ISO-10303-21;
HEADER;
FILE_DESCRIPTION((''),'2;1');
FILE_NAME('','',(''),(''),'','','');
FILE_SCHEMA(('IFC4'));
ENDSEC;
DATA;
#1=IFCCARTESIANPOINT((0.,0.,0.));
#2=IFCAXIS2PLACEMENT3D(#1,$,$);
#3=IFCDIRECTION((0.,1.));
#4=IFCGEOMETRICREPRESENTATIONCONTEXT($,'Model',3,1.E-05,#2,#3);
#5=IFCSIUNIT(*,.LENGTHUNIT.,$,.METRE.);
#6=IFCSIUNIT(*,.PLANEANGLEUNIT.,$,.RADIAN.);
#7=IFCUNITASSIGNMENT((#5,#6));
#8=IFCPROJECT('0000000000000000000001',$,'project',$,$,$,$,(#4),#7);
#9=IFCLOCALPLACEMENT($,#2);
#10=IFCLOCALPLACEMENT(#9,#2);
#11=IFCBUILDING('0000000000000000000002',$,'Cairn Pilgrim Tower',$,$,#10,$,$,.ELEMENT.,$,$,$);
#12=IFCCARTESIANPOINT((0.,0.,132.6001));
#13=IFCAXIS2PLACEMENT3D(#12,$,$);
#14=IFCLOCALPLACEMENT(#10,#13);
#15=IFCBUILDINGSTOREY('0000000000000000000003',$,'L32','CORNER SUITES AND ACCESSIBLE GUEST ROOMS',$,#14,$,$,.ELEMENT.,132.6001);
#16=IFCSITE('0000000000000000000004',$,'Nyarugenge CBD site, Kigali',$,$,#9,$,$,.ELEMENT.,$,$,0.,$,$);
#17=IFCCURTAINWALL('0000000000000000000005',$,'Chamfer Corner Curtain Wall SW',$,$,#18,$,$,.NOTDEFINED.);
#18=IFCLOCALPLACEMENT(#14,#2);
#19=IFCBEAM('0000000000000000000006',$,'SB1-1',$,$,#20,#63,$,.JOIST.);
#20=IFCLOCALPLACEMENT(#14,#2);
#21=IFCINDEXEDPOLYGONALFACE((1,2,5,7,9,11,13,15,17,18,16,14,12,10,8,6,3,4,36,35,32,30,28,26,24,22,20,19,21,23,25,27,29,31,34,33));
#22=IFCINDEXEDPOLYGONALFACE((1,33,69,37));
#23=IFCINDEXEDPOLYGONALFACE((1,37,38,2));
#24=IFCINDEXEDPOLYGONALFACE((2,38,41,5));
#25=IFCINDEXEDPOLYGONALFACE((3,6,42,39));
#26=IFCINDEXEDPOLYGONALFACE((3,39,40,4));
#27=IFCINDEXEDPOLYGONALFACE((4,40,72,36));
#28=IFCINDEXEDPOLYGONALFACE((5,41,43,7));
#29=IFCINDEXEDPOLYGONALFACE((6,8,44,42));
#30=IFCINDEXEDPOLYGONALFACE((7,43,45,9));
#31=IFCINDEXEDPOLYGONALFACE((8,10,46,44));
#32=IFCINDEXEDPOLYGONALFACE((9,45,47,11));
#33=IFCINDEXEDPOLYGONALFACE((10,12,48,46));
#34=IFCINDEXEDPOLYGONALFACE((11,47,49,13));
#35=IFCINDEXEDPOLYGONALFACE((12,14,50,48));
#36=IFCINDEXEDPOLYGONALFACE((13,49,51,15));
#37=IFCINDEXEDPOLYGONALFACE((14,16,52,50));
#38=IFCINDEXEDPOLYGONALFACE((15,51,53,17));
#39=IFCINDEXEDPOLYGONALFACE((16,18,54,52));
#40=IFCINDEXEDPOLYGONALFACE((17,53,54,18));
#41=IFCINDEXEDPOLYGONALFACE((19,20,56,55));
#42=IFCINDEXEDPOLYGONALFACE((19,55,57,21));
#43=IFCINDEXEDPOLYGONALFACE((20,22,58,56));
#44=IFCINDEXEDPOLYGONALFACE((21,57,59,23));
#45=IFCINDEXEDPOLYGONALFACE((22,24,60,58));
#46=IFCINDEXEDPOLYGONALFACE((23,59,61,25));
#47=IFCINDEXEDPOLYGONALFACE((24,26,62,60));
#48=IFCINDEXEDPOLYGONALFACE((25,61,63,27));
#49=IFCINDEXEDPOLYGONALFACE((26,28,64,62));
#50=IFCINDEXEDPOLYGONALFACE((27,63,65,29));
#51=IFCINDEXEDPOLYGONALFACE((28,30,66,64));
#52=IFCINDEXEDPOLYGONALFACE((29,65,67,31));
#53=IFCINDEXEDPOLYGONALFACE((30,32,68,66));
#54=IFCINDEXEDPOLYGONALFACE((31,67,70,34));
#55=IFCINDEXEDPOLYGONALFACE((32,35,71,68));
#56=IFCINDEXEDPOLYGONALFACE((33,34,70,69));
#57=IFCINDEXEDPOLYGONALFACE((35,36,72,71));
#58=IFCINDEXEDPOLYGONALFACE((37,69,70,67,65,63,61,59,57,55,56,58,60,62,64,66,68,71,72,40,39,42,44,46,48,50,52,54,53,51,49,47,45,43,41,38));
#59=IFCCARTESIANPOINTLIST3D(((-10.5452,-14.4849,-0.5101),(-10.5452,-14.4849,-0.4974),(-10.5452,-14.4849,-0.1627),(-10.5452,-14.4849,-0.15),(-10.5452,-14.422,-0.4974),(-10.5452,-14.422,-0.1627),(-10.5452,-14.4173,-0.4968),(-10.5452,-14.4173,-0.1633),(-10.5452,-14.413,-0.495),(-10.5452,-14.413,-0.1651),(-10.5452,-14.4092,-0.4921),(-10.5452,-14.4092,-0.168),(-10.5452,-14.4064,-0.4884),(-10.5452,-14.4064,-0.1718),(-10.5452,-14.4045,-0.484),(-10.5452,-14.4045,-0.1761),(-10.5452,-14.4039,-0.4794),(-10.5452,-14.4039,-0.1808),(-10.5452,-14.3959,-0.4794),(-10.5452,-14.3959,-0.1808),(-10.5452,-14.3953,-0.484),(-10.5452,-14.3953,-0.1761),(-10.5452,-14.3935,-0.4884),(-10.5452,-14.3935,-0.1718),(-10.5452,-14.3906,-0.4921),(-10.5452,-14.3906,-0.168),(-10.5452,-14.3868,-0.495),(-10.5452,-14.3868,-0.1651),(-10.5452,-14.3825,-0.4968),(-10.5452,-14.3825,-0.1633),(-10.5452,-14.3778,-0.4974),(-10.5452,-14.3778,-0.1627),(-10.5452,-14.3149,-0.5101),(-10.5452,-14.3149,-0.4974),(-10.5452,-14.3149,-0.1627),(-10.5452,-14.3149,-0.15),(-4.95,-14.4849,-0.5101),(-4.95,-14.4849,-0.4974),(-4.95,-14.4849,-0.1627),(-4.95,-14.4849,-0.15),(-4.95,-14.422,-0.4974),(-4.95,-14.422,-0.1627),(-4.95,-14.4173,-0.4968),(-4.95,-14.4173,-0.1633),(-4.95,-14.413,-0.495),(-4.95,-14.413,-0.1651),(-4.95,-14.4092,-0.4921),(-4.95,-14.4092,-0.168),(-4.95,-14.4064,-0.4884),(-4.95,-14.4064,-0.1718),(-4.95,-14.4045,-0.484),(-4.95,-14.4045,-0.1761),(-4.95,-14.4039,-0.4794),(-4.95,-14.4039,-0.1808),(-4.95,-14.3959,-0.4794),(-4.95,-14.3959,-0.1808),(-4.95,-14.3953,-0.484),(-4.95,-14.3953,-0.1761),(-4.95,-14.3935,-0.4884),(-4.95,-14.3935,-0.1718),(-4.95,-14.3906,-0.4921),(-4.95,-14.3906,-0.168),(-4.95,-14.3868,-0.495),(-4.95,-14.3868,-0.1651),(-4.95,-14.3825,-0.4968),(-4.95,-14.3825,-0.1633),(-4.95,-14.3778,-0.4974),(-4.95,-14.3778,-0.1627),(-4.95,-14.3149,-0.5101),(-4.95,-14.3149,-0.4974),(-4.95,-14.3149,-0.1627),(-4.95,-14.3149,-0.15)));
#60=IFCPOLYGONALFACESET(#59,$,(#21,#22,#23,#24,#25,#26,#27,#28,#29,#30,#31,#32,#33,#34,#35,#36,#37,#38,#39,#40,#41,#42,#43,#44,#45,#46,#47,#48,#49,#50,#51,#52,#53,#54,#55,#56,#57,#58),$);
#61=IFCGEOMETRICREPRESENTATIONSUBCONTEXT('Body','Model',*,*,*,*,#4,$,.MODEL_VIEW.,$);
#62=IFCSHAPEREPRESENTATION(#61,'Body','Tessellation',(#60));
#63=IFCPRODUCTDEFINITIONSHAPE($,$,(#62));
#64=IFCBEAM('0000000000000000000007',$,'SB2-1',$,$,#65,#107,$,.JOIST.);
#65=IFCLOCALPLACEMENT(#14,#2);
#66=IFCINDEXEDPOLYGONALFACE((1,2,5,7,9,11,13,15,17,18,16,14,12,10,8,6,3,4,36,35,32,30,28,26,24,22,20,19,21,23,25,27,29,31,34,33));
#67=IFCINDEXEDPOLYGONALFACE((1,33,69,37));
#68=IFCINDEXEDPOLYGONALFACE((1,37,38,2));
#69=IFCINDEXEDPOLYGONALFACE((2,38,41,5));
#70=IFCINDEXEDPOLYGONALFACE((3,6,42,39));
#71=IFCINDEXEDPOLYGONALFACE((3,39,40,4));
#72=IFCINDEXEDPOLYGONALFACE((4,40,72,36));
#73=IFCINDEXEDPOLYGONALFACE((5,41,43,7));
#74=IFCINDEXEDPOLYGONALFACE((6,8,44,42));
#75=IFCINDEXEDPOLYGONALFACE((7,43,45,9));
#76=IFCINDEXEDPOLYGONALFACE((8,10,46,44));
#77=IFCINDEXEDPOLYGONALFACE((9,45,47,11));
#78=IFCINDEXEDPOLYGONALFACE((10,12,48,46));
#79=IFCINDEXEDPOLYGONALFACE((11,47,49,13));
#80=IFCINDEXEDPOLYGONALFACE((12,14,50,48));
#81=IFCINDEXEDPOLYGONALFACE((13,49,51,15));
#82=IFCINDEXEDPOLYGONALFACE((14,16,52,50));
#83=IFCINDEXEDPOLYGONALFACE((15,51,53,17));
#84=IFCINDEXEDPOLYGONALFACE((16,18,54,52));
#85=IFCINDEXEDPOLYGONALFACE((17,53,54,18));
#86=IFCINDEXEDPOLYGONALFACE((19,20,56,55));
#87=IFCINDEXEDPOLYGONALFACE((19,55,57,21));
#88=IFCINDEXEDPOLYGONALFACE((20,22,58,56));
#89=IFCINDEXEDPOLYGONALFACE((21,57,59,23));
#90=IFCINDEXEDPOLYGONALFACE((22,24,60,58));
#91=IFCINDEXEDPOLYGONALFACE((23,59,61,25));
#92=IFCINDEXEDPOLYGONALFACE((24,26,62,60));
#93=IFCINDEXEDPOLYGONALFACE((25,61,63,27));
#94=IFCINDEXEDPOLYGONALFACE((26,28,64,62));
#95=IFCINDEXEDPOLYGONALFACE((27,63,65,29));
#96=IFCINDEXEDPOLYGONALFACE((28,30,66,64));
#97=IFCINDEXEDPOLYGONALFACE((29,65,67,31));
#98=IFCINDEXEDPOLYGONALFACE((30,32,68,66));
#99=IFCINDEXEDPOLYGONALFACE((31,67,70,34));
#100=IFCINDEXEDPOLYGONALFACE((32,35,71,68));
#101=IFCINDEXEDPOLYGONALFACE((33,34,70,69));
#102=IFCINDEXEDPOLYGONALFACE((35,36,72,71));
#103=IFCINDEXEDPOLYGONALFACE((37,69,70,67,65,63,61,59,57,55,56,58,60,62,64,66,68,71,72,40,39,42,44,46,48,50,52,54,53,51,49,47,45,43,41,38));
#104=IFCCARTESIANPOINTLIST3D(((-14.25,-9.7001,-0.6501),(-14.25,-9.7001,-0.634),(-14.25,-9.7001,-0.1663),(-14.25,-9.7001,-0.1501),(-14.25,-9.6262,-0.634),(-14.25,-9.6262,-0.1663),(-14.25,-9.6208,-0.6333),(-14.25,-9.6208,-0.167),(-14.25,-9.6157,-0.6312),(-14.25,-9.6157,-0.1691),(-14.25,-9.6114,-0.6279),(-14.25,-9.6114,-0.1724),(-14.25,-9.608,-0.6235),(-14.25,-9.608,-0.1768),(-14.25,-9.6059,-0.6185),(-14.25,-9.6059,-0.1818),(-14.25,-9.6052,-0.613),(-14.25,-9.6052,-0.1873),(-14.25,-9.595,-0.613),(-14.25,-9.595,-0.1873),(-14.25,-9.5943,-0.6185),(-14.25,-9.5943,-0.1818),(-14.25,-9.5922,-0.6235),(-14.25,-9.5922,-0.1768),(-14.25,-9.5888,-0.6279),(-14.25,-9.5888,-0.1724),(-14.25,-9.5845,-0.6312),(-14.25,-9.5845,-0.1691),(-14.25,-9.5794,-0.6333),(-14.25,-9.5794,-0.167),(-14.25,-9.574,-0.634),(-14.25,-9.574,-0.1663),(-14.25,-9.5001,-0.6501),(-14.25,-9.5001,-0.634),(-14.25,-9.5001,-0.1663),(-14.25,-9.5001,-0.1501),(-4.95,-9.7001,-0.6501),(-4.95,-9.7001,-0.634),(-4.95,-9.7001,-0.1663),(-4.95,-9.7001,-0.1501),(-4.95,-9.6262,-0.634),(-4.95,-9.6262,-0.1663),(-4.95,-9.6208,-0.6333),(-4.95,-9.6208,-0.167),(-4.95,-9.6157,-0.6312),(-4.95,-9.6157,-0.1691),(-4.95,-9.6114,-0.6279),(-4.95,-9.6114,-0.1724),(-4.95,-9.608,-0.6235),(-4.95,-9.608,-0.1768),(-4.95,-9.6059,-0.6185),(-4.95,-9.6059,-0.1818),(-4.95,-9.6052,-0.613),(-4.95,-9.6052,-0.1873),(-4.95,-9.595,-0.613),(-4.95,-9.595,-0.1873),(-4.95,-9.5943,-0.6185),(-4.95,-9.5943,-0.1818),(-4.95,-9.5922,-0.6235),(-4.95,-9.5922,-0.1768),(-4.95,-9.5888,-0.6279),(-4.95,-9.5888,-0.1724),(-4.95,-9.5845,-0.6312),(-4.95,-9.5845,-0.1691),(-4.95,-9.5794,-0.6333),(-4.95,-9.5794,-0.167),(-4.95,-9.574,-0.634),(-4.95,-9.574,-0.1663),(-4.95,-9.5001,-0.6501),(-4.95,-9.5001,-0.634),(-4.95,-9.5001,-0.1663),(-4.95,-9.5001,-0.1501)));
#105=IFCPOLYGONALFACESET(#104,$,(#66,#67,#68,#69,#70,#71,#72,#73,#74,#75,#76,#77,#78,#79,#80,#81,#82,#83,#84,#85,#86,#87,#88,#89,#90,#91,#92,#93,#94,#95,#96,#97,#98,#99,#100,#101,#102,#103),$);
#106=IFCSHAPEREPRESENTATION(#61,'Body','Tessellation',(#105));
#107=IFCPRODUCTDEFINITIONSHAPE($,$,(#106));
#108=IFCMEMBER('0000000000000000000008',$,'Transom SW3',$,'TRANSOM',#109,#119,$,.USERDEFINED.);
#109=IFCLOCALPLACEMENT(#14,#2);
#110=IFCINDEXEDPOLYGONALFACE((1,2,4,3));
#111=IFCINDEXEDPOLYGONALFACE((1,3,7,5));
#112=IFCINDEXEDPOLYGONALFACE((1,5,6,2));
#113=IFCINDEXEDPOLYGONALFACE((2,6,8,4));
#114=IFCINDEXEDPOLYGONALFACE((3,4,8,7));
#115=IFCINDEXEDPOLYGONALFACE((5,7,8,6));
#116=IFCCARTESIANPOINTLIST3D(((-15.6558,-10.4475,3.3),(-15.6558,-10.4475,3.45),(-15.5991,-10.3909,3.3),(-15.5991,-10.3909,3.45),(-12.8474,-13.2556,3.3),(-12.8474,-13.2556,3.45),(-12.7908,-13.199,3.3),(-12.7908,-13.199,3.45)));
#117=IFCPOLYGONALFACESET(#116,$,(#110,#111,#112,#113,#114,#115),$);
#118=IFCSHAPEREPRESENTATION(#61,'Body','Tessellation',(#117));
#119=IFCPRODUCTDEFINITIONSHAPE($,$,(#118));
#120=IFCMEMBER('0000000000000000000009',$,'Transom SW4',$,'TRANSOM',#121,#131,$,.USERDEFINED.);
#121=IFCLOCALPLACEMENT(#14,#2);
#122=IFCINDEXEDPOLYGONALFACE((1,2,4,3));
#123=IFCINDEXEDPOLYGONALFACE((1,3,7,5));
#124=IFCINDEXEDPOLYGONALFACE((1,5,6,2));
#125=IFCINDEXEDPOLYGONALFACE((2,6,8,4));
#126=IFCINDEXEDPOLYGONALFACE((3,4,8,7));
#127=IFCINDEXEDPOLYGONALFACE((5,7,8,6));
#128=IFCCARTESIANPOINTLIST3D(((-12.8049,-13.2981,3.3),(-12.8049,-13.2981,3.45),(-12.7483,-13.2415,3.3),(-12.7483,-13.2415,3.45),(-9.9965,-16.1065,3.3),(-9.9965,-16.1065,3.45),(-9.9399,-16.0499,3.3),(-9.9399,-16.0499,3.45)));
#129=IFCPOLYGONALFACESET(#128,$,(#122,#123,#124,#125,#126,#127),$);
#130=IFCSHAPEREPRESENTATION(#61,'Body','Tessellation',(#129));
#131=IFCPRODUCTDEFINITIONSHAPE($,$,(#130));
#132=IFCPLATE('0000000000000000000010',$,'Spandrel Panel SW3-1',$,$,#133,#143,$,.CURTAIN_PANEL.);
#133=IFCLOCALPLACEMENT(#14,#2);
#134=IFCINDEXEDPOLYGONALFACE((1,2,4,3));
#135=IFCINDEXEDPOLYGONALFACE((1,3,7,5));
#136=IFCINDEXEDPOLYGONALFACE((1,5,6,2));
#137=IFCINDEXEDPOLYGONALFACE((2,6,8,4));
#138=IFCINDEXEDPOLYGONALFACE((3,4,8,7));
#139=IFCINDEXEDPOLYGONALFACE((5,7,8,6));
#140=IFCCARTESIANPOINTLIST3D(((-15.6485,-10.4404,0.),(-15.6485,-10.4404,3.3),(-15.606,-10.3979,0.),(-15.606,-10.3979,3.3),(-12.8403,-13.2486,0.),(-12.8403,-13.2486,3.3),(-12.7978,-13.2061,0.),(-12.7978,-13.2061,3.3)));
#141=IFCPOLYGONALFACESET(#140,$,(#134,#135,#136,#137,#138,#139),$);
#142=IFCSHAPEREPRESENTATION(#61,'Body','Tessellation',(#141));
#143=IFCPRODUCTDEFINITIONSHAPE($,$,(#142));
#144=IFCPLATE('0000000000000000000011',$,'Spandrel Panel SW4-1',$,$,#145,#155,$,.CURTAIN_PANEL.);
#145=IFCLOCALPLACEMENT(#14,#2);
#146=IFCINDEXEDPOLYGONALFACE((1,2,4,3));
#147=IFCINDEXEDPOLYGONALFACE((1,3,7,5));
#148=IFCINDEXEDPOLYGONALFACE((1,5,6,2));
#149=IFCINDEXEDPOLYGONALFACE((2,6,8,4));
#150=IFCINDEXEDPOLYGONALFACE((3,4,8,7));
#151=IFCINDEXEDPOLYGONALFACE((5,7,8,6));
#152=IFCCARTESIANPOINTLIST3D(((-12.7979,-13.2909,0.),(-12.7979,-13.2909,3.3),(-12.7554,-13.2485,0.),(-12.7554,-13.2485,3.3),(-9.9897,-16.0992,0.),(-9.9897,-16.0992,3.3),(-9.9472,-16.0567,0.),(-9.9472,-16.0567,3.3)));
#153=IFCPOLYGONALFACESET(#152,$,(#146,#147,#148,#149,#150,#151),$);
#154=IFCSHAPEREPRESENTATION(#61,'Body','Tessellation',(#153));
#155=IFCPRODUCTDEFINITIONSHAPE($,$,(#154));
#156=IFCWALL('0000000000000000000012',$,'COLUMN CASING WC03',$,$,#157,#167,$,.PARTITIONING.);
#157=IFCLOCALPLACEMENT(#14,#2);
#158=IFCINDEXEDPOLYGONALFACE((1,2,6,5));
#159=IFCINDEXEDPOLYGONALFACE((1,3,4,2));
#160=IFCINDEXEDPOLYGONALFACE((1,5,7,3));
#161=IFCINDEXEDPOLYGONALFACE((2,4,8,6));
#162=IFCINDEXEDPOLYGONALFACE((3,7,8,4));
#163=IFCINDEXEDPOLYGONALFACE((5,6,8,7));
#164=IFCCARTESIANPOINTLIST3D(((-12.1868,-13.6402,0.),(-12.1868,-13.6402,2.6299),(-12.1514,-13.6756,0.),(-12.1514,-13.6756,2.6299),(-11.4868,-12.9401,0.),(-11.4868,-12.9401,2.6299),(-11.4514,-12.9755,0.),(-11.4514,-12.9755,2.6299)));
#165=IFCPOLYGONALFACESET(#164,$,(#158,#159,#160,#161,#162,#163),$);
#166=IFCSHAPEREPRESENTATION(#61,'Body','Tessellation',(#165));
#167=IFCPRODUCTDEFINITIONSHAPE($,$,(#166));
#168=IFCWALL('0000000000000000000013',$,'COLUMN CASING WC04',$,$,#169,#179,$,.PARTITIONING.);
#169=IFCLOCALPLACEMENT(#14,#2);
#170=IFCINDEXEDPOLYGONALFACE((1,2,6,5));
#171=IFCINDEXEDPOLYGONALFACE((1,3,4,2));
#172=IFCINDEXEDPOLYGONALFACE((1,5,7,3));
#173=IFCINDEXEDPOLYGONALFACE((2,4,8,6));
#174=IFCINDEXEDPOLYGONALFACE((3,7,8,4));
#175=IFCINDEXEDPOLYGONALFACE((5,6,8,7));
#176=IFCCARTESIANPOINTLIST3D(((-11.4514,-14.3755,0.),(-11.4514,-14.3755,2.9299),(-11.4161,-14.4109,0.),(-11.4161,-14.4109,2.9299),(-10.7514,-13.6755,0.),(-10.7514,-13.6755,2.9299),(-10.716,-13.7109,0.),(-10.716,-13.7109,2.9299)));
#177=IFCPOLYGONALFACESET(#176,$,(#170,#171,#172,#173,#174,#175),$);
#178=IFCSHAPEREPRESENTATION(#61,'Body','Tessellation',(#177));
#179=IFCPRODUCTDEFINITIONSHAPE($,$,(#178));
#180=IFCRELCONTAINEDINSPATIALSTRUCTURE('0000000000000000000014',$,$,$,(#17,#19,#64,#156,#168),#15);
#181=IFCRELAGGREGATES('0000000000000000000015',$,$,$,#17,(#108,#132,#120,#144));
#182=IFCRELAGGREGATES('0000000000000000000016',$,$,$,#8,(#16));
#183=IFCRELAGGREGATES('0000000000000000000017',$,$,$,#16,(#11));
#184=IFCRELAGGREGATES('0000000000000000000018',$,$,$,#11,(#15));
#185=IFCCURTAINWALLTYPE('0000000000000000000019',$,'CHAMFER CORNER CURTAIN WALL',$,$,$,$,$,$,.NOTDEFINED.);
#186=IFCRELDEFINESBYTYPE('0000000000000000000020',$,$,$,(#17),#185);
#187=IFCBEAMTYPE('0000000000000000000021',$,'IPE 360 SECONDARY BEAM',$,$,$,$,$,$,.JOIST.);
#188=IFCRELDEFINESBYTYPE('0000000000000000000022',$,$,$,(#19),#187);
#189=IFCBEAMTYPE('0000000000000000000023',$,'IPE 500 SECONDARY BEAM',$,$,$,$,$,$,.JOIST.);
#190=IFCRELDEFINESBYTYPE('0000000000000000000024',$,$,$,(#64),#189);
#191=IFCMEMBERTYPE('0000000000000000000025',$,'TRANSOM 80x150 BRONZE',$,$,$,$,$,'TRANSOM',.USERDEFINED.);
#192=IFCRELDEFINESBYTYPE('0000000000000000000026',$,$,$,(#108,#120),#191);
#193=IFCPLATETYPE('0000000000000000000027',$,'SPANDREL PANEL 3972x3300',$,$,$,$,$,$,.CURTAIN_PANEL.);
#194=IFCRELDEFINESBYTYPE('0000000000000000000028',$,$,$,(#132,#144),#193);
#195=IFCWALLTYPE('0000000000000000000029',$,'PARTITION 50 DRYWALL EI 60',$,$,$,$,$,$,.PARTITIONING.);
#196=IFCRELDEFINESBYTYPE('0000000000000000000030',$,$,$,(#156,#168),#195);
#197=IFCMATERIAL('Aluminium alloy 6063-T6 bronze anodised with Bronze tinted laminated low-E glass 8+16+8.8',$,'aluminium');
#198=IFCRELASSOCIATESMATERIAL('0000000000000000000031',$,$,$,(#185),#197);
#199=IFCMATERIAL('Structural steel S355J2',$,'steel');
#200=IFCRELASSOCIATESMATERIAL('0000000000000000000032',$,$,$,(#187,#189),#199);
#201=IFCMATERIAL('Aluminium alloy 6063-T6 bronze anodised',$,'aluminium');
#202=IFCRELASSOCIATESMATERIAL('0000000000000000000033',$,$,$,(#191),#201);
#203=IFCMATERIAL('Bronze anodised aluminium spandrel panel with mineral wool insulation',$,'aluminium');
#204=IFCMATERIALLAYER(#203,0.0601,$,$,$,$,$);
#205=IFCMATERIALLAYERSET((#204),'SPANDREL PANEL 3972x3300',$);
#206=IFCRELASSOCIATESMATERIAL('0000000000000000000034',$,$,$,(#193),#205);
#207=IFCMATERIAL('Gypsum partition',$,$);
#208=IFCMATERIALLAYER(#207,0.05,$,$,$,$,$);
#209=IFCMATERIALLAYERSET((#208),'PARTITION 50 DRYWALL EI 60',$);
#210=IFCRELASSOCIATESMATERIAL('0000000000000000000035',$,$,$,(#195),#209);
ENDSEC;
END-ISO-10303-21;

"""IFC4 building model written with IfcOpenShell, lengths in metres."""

from ifc_helpers import new_model, si_unit, direction, frame, frame_2d, origin, origin_2d, place, context, subcontext, project, spatial, rectangle, i_section, extrude, material, layer, layer_set, material_profile, profile_set, type_object, element, aggregate, save


model = new_model("IFC4")

# Units and contexts
model_context = context("Model", 3, precision=1e-05, world=origin(), true_north=direction((0.0, 1.0)))
body_context = subcontext(model_context, "Body", "Model", "MODEL_VIEW")
ifc_project = project(units=[si_unit("LENGTHUNIT", "METRE"), si_unit("PLANEANGLEUNIT", "RADIAN")], contexts=[model_context])

# Site, building, storey
site_placement = place(None, origin())
site = spatial("IfcSite", under=ifc_project, at=site_placement, Name="Nyarugenge CBD site, Kigali", CompositionType="ELEMENT", RefElevation=0.0)
building_placement = place(site_placement, origin())
building = spatial("IfcBuilding", under=site, at=building_placement, Name="Cairn Pilgrim Tower", CompositionType="ELEMENT")
storey_placement = place(building_placement, frame((0.0, 0.0, 132.6001)))
storey = spatial("IfcBuildingStorey", under=building, at=storey_placement, Name="L32", Description="CORNER SUITES AND ACCESSIBLE GUEST ROOMS", CompositionType="ELEMENT", Elevation=132.6001)

# Shared definitions
ifc_material_1 = material(Name="Structural steel S355J2", Category="steel")

# Shared definitions
ifc_material_2 = material(Name="Aluminium alloy 6063-T6 bronze anodised with Bronze tinted laminated low-E glass 8+16+8.8", Category="aluminium")
ifc_material_3 = material(Name="Aluminium alloy 6063-T6 bronze anodised", Category="aluminium")

# Curtain wall
curtain_wall_type_1 = type_object("IfcCurtainWallType", Name="CHAMFER CORNER CURTAIN WALL", PredefinedType="NOTDEFINED", material=ifc_material_2)
curtain_wall_1_placement = place(storey_placement, origin())
curtain_wall_1 = element("IfcCurtainWall", 1, at=curtain_wall_1_placement, inside=storey, type_object=curtain_wall_type_1, Name="Chamfer Corner Curtain Wall SW", PredefinedType="NOTDEFINED")

# Beams
ifc_material_profile_1 = material_profile(ifc_material_1, i_section(OverallWidth=0.1699, OverallDepth=0.3601, WebThickness=0.0081, FlangeThickness=0.0127, FilletRadius=0.0181, at=origin_2d()), Name="IPE 360")
ifc_profile_set_1 = profile_set([ifc_material_profile_1], Name="Structural steel S355J2")
beam_type_1 = type_object("IfcBeamType", Name="IPE 360 SECONDARY BEAM", PredefinedType="JOIST", material=ifc_profile_set_1)
beam_1_placement = place(storey_placement, frame((-10.5452, -14.3999, -0.3301), z_axis=(1.0, 0.0, 0.0), x_axis=(0.0, 1.0, 0.0)))
element("IfcBeam", 2, at=beam_1_placement, inside=storey, type_object=beam_type_1, Name="SB1-1", PredefinedType="JOIST", context=body_context, shape_type="SweptSolid", body=[
    extrude(i_section(OverallWidth=0.1699, OverallDepth=0.3601, WebThickness=0.0081, FlangeThickness=0.0127, FilletRadius=0.0181, at=origin_2d()), origin(), (0.0, 0.0, 1.0), 5.5952),
])
ifc_material_profile_2 = material_profile(ifc_material_1, i_section(OverallWidth=0.2, OverallDepth=0.5, WebThickness=0.0103, FlangeThickness=0.0161, FilletRadius=0.021, at=origin_2d()), Name="IPE 500")
ifc_profile_set_2 = profile_set([ifc_material_profile_2], Name="Structural steel S355J2")
beam_type_2 = type_object("IfcBeamType", Name="IPE 500 SECONDARY BEAM", PredefinedType="JOIST", material=ifc_profile_set_2)
beam_2_placement = place(storey_placement, frame((-14.25, -9.6001, -0.4001), z_axis=(1.0, 0.0, 0.0), x_axis=(0.0, 1.0, 0.0)))
element("IfcBeam", 3, at=beam_2_placement, inside=storey, type_object=beam_type_2, Name="SB2-1", PredefinedType="JOIST", context=body_context, shape_type="SweptSolid", body=[
    extrude(i_section(OverallWidth=0.2, OverallDepth=0.5, WebThickness=0.0103, FlangeThickness=0.0161, FilletRadius=0.021, at=origin_2d()), origin(), (0.0, 0.0, 1.0), 9.3),
])

# Members
ifc_material_profile_3 = material_profile(ifc_material_3, rectangle(XDim=0.0801, YDim=0.1499, at=origin_2d()), Name="TRANSOM 80x150 BRONZE")
ifc_profile_set_3 = profile_set([ifc_material_profile_3], Name="Aluminium alloy 6063-T6 bronze anodised")
member_type_1 = type_object("IfcMemberType", Name="TRANSOM 80x150 BRONZE", ElementType="TRANSOM", PredefinedType="USERDEFINED", material=ifc_profile_set_3)
member_1_placement = place(storey_placement, frame((-15.6274, -10.4192, 3.375), z_axis=(0.707138, -0.707076, 0.0), x_axis=(0.707076, 0.707138, 0.0)))
member_1 = element("IfcMember", 4, at=member_1_placement, type_object=member_type_1, Name="Transom SW3", ObjectType="TRANSOM", PredefinedType="USERDEFINED", context=body_context, shape_type="SweptSolid", body=[
    extrude(rectangle(XDim=0.0801, YDim=0.1499, at=origin_2d()), origin(), (0.0, 0.0, 1.0), 3.9714),
])
member_2_placement = place(storey_placement, frame((-12.7766, -13.2698, 3.375), z_axis=(0.707107, -0.707107, 0.0), x_axis=(0.707107, 0.707107, 0.0)))
member_2 = element("IfcMember", 5, at=member_2_placement, type_object=member_type_1, Name="Transom SW4", ObjectType="TRANSOM", PredefinedType="USERDEFINED", context=body_context, shape_type="SweptSolid", body=[
    extrude(rectangle(XDim=0.0801, YDim=0.1499, at=origin_2d()), origin(), (0.0, 0.0, 1.0), 3.9717),
])

# Plates
ifc_material_4 = material(Name="Bronze anodised aluminium spandrel panel with mineral wool insulation", Category="aluminium")
ifc_layer_1 = layer(ifc_material_4, 0.0601)
ifc_layer_set_1 = layer_set([ifc_layer_1], Name="SPANDREL PANEL 3972x3300")
plate_type = type_object("IfcPlateType", Name="SPANDREL PANEL 3972x3300", PredefinedType="CURTAIN_PANEL", material=ifc_layer_set_1)
plate_1_placement = place(storey_placement, frame((-14.2231, -11.8232, 0.0), z_axis=(0.0, 0.0, 1.0), x_axis=(0.707107, -0.707107, 0.0)))
plate_1 = element("IfcPlate", 6, at=plate_1_placement, type_object=plate_type, Name="Spandrel Panel SW3-1", PredefinedType="CURTAIN_PANEL", context=body_context, shape_type="SweptSolid", body=[
    extrude(rectangle(XDim=3.9714, YDim=0.0601, at=origin_2d()), origin(), (0.0, 0.0, 1.0), 3.3),
])
plate_2_placement = place(storey_placement, frame((-11.3726, -14.6738, 0.0), z_axis=(0.0, 0.0, 1.0), x_axis=(0.707107, -0.707107, 0.0)))
plate_2 = element("IfcPlate", 7, at=plate_2_placement, type_object=plate_type, Name="Spandrel Panel SW4-1", PredefinedType="CURTAIN_PANEL", context=body_context, shape_type="SweptSolid", body=[
    extrude(rectangle(XDim=3.9714, YDim=0.0601, at=origin_2d()), origin(), (0.0, 0.0, 1.0), 3.3),
])
aggregate(curtain_wall_1, [member_1, plate_1, member_2, plate_2])

# Walls
ifc_material_5 = material(Name="Gypsum partition")
ifc_layer_2 = layer(ifc_material_5, 0.05)
ifc_layer_set_2 = layer_set([ifc_layer_2], Name="PARTITION 50 DRYWALL EI 60")
wall_type_1 = type_object("IfcWallType", Name="PARTITION 50 DRYWALL EI 60", PredefinedType="PARTITIONING", material=ifc_layer_set_2)
wall_1_placement = place(storey_placement, frame((-12.1692, -13.658, 0.0), z_axis=(0.0, 0.0, 1.0), x_axis=(0.707107, 0.707107, 0.0)))
element("IfcWall", 8, at=wall_1_placement, inside=storey, type_object=wall_type_1, Name="COLUMN CASING WC03", PredefinedType="PARTITIONING", context=body_context, shape_type="SweptSolid", body=[
    extrude(rectangle(XDim=0.99, YDim=0.05, at=frame_2d((0.4951, 0.0))), origin(), (0.0, 0.0, 1.0), 2.6299),
])
wall_2_placement = place(storey_placement, frame((-11.4338, -14.3933, 0.0), z_axis=(0.0, 0.0, 1.0), x_axis=(0.707107, 0.707107, 0.0)))
element("IfcWall", 9, at=wall_2_placement, inside=storey, type_object=wall_type_1, Name="COLUMN CASING WC04", PredefinedType="PARTITIONING", context=body_context, shape_type="SweptSolid", body=[
    extrude(rectangle(XDim=0.99, YDim=0.05, at=frame_2d((0.4951, 0.0))), origin(), (0.0, 0.0, 1.0), 2.9299),
])

save(model, "model.ifc")
